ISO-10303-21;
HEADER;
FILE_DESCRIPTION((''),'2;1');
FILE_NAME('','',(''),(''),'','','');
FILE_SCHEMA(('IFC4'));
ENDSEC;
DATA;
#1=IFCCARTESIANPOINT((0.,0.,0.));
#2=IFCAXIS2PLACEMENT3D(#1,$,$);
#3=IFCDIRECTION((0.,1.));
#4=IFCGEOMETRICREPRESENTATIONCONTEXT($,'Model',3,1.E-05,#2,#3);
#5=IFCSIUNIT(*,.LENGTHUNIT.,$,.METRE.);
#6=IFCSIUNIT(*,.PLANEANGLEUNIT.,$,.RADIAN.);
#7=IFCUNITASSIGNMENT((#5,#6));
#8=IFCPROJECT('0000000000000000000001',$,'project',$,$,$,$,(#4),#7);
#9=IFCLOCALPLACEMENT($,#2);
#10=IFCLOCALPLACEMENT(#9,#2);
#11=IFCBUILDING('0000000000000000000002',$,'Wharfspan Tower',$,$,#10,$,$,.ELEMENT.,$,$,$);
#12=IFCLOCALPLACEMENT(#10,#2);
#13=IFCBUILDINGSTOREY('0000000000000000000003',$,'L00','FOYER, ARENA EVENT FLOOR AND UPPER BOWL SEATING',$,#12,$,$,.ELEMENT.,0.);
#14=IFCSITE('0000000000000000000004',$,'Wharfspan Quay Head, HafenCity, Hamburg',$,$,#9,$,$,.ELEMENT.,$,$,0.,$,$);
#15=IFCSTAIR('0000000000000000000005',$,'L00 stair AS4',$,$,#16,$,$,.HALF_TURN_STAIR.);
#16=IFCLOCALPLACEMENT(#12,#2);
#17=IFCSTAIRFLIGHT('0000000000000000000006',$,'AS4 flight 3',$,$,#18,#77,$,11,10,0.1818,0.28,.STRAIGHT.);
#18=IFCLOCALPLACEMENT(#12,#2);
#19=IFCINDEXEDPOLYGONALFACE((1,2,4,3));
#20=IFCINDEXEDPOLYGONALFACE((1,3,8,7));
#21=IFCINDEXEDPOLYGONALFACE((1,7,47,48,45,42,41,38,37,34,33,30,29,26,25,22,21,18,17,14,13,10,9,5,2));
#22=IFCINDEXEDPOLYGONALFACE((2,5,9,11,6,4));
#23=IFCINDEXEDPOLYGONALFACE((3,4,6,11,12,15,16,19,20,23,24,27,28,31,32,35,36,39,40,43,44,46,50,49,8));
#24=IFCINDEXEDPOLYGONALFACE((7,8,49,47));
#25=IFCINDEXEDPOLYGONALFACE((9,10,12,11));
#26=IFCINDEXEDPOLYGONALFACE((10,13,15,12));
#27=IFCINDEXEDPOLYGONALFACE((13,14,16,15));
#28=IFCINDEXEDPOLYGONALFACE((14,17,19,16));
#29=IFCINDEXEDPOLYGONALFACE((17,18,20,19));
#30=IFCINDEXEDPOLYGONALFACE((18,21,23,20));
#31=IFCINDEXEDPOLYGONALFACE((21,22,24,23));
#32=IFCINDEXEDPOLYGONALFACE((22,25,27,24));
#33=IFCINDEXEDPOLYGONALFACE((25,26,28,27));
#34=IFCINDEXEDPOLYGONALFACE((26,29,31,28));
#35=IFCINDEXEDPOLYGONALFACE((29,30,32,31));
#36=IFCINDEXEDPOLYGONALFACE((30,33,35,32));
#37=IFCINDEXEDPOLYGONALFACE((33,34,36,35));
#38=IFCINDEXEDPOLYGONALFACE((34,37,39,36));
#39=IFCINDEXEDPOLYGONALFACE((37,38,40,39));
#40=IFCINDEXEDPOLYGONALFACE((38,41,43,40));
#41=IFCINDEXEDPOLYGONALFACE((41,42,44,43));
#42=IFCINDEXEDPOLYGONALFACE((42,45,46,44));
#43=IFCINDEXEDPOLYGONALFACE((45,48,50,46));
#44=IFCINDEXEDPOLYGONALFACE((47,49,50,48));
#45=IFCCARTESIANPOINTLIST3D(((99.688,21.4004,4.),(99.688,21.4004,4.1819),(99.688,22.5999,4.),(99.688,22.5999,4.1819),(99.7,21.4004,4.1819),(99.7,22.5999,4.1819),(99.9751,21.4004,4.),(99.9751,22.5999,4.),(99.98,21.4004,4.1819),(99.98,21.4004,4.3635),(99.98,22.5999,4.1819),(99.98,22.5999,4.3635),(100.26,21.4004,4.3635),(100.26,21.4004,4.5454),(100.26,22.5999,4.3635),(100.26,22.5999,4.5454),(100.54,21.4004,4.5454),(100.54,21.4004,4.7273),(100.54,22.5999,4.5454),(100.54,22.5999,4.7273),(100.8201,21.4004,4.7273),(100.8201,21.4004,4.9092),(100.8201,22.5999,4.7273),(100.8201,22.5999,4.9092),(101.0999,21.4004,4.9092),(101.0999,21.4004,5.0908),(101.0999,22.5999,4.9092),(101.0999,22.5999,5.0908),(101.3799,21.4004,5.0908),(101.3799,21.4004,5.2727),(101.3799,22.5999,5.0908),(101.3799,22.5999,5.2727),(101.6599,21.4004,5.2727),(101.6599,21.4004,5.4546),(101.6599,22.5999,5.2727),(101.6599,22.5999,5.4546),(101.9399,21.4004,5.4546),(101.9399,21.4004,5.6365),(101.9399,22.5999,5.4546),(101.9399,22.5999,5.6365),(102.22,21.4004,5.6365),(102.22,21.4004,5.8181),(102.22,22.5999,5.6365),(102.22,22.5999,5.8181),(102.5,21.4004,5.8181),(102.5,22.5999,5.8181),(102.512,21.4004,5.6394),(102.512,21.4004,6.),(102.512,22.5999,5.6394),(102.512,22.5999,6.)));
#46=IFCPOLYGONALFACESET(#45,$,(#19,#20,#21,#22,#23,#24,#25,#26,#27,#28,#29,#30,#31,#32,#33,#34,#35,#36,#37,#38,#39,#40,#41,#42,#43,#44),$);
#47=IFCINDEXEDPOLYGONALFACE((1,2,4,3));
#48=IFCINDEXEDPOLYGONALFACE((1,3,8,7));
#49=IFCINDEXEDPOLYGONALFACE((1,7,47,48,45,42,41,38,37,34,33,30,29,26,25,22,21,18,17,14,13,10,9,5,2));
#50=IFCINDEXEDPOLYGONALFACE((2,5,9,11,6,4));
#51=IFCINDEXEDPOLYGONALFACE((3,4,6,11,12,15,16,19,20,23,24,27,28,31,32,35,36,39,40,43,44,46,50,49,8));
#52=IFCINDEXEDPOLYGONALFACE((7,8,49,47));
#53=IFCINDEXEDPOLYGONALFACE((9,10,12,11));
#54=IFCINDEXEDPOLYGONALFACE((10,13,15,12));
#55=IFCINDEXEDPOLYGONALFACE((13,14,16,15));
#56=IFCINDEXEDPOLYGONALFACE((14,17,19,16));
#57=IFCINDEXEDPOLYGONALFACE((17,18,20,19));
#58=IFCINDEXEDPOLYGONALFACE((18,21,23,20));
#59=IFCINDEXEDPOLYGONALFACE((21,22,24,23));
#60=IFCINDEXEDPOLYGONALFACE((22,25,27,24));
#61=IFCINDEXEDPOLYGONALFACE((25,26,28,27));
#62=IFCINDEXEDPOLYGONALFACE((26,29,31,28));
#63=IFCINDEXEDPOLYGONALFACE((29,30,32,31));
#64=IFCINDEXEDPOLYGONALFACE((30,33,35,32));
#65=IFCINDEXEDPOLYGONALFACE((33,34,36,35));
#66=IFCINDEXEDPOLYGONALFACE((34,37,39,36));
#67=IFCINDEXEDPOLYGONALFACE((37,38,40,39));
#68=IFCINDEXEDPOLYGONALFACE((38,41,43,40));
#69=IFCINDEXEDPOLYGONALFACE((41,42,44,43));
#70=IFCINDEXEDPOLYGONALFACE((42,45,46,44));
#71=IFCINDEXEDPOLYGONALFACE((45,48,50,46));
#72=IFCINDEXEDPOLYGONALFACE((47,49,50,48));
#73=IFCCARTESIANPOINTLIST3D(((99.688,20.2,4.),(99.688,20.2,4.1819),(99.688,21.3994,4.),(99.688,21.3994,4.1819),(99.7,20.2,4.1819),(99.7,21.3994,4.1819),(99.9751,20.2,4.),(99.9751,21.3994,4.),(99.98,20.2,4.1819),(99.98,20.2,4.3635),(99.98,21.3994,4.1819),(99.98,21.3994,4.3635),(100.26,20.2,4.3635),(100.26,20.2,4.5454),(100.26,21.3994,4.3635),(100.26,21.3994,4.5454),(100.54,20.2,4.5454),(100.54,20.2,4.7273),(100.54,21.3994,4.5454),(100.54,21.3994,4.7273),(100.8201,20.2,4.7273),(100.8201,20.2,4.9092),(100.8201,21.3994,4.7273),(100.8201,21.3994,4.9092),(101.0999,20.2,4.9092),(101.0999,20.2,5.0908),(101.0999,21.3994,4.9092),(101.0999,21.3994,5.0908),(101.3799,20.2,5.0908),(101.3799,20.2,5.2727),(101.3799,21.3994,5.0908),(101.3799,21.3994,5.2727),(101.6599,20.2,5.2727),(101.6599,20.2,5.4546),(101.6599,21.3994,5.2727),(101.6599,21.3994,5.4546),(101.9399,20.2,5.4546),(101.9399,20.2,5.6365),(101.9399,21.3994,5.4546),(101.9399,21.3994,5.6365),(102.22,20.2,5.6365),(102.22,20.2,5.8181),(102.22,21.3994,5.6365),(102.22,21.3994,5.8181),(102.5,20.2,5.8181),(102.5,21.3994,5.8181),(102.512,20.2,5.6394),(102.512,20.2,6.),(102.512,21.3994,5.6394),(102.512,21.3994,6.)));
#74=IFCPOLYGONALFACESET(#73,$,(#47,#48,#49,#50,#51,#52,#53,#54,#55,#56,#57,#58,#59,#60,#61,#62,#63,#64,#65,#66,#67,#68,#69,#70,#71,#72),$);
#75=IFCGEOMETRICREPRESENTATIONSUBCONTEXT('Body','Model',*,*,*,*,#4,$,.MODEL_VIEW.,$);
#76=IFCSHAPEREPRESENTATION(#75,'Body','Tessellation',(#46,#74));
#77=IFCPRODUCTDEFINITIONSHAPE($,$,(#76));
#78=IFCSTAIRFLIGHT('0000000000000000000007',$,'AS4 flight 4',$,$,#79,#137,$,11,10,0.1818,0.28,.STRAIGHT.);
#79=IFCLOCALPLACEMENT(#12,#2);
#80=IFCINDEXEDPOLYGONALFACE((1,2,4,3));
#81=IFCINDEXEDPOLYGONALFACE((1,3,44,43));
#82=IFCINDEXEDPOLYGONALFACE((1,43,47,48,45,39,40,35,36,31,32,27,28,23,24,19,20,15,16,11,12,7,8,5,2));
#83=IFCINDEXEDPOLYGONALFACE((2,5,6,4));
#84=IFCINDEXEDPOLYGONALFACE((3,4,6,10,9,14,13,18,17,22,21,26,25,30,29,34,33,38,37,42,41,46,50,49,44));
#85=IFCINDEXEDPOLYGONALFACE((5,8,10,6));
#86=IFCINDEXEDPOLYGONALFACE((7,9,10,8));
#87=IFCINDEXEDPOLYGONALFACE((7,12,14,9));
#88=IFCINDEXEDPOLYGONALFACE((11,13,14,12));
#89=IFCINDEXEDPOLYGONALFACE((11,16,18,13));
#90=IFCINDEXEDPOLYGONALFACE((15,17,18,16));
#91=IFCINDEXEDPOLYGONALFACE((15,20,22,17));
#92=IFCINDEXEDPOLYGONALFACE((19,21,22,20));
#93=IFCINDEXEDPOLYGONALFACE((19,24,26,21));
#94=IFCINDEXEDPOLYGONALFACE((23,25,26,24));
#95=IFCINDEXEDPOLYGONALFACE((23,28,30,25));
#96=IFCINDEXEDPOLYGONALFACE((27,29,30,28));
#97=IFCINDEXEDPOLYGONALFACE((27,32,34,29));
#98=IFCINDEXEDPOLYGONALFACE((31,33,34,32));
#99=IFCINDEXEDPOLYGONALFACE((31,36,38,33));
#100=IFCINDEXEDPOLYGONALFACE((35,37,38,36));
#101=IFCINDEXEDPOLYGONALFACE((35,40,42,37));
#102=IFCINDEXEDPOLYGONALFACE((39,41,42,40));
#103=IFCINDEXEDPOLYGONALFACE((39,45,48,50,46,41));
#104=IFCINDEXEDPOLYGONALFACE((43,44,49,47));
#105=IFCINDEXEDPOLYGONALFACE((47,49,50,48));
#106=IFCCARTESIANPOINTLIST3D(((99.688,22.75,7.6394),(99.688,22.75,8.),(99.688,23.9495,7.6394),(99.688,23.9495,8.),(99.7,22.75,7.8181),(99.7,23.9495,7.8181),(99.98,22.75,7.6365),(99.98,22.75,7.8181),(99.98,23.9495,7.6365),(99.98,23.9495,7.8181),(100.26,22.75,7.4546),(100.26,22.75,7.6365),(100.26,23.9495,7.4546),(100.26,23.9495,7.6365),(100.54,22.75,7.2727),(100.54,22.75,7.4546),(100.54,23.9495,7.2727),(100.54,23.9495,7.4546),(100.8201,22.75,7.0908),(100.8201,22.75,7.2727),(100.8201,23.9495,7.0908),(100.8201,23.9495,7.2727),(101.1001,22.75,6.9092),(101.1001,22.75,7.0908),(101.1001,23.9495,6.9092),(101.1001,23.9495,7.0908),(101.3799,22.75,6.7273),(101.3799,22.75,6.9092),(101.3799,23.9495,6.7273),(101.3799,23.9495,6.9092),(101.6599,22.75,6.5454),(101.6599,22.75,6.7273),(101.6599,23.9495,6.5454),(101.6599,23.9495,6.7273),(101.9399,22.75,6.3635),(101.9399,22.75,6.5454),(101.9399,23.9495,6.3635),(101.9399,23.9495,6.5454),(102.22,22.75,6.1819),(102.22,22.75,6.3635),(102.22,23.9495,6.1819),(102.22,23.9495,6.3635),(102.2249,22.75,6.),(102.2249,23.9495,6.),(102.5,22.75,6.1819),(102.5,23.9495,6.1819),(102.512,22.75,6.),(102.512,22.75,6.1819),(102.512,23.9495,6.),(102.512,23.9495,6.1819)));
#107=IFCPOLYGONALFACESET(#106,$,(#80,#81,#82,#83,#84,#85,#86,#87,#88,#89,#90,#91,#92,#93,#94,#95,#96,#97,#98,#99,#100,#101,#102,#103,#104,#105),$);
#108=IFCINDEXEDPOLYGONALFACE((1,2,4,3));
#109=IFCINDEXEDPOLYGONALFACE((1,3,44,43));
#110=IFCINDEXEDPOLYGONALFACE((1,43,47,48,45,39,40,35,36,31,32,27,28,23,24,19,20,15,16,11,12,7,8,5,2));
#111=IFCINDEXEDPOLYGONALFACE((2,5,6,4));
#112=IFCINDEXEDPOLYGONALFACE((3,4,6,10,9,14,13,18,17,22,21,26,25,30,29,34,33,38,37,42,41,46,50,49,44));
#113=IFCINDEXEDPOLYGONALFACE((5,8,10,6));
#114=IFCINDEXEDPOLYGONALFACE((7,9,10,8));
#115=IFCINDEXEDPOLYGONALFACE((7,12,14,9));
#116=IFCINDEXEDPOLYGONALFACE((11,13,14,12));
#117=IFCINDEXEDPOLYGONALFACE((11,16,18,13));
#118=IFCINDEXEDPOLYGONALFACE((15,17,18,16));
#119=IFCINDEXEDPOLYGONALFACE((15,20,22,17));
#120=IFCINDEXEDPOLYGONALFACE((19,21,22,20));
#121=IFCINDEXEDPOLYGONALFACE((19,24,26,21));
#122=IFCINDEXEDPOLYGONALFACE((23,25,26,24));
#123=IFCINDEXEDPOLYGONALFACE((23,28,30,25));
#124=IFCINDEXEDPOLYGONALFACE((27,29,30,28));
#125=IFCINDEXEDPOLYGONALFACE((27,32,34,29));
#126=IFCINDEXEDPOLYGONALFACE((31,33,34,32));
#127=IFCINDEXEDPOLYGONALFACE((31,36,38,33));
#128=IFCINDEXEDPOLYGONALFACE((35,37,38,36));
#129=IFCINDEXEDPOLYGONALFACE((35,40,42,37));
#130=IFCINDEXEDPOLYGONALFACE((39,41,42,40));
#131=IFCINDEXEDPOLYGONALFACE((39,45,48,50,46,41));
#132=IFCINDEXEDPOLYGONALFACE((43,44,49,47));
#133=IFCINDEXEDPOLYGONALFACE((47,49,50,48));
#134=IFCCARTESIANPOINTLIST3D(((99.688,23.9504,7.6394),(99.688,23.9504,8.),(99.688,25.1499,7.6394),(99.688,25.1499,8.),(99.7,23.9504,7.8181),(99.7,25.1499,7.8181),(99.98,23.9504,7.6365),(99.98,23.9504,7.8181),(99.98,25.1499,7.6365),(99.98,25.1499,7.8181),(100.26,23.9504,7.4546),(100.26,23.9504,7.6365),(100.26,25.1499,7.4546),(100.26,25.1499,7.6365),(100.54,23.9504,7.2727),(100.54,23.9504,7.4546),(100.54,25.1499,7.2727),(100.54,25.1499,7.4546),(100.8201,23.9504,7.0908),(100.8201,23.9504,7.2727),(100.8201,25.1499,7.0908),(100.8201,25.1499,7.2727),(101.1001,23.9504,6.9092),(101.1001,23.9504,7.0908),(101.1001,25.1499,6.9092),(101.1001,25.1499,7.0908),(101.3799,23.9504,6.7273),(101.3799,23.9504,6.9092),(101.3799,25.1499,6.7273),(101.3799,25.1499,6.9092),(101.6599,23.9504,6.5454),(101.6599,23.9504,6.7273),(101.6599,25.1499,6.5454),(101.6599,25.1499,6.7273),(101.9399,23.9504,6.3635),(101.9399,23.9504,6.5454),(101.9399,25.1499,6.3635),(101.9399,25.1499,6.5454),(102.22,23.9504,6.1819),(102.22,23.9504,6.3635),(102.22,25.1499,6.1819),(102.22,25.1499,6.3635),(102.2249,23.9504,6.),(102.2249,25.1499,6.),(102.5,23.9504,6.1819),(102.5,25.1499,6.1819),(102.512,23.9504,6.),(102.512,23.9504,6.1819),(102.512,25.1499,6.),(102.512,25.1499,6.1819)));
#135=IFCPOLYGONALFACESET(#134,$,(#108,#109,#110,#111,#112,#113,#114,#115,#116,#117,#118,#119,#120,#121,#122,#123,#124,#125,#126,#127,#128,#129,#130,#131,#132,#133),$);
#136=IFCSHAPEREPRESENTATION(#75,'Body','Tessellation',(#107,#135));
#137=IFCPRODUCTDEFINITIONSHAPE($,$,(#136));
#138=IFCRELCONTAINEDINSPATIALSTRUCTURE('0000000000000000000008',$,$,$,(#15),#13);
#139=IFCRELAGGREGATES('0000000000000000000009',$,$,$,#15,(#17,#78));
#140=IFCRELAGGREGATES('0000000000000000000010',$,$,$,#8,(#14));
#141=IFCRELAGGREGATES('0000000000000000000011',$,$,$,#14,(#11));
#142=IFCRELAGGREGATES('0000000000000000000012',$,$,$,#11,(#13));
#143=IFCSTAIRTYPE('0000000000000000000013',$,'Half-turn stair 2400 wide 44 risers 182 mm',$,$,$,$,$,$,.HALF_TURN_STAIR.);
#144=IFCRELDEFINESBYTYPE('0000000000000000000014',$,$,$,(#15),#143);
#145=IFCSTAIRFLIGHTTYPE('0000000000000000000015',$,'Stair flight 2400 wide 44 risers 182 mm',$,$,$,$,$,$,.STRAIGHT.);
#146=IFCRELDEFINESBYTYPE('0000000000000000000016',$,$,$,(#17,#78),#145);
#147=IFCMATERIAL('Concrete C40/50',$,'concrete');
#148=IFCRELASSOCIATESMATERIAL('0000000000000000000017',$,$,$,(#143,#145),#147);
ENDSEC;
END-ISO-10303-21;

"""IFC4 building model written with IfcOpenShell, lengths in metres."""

from ifc_helpers import new_model, si_unit, direction, frame, origin, place, context, subcontext, project, spatial, polyline, outline, extrude, material, type_object, element, aggregate, save


model = new_model("IFC4")

# Units and contexts
model_context = context("Model", 3, precision=1e-05, world=origin(), true_north=direction((0.0, 1.0)))
body_context = subcontext(model_context, "Body", "Model", "MODEL_VIEW")
ifc_project = project(units=[si_unit("LENGTHUNIT", "METRE"), si_unit("PLANEANGLEUNIT", "RADIAN")], contexts=[model_context])

# Site, building, storey
site_placement = place(None, origin())
site = spatial("IfcSite", under=ifc_project, at=site_placement, Name="Wharfspan Quay Head, HafenCity, Hamburg", CompositionType="ELEMENT", RefElevation=0.0)
building_placement = place(site_placement, origin())
building = spatial("IfcBuilding", under=site, at=building_placement, Name="Wharfspan Tower", CompositionType="ELEMENT")
storey_placement = place(building_placement, origin())
storey = spatial("IfcBuildingStorey", under=building, at=storey_placement, Name="L00", Description="FOYER, ARENA EVENT FLOOR AND UPPER BOWL SEATING", CompositionType="ELEMENT", Elevation=0.0)

# Shared definitions
ifc_material_1 = material(Name="Concrete C40/50", Category="concrete")

# Stair, stair flights
stair_type = type_object("IfcStairType", Name="Half-turn stair 2400 wide 44 risers 182 mm", PredefinedType="HALF_TURN_STAIR", material=ifc_material_1)
stair_placement = place(storey_placement, origin())
stair = element("IfcStair", 1, at=stair_placement, inside=storey, type_object=stair_type, Name="L00 stair AS4", PredefinedType="HALF_TURN_STAIR")
stair_flight_type = type_object("IfcStairFlightType", Name="Stair flight 2400 wide 44 risers 182 mm", PredefinedType="STRAIGHT", material=ifc_material_1)
stair_flight_1_placement = place(storey_placement, frame((99.7, 21.3999, 4.0), z_axis=(0.0, 0.0, 1.0), x_axis=(1.0, 0.0, 0.0)))
stair_flight_1 = element("IfcStairFlight", 2, at=stair_flight_1_placement, type_object=stair_flight_type, Name="AS4 flight 3", NumberOfRisers=11, NumberOfTreads=10, PredefinedType="STRAIGHT", RiserHeight=0.1818, TreadLength=0.28, context=body_context, shape_type="SweptSolid", body=[
    extrude(outline(polyline([(-0.012, 0.0), (-0.012, 0.1819), (0.0, 0.1819), (0.28, 0.1819), (0.28, 0.3635), (0.5601, 0.3635), (0.5601, 0.5454), (0.8401, 0.5454), (0.8401, 0.7273), (1.1201, 0.7273), (1.1201, 0.9092), (1.3999, 0.9092), (1.3999, 1.0908), (1.6799, 1.0908), (1.6799, 1.2727), (1.96, 1.2727), (1.96, 1.4546), (2.24, 1.4546), (2.24, 1.6365), (2.52, 1.6365), (2.52, 1.8181), (2.8, 1.8181), (2.812, 2.0), (2.812, 1.6394), (0.2751, 0.0), (-0.012, 0.0)])), frame((0.0, 1.2, 0.0), z_axis=(0.0, -1.0, 0.0), x_axis=(1.0, 0.0, 0.0)), (0.0, 0.0, 1.0), 1.1995),
    extrude(outline(polyline([(-0.012, 0.0), (-0.012, 0.1819), (0.0, 0.1819), (0.28, 0.1819), (0.28, 0.3635), (0.5601, 0.3635), (0.5601, 0.5454), (0.8401, 0.5454), (0.8401, 0.7273), (1.1201, 0.7273), (1.1201, 0.9092), (1.3999, 0.9092), (1.3999, 1.0908), (1.6799, 1.0908), (1.6799, 1.2727), (1.96, 1.2727), (1.96, 1.4546), (2.24, 1.4546), (2.24, 1.6365), (2.52, 1.6365), (2.52, 1.8181), (2.8, 1.8181), (2.812, 2.0), (2.812, 1.6394), (0.2751, 0.0), (-0.012, 0.0)])), frame((0.0, -0.0005, 0.0), z_axis=(0.0, -1.0, 0.0), x_axis=(1.0, 0.0, 0.0)), (0.0, 0.0, 1.0), 1.1995),
])
stair_flight_2_placement = place(storey_placement, frame((102.5, 23.95, 6.0), z_axis=(0.0, 0.0, 1.0), x_axis=(-1.0, 0.0, 0.0)))
stair_flight_2 = element("IfcStairFlight", 3, at=stair_flight_2_placement, type_object=stair_flight_type, Name="AS4 flight 4", NumberOfRisers=11, NumberOfTreads=10, PredefinedType="STRAIGHT", RiserHeight=0.1818, TreadLength=0.28, context=body_context, shape_type="SweptSolid", body=[
    extrude(outline(polyline([(-0.012, 0.0), (-0.012, 0.1819), (0.0, 0.1819), (0.28, 0.1819), (0.28, 0.3635), (0.5601, 0.3635), (0.5601, 0.5454), (0.8401, 0.5454), (0.8401, 0.7273), (1.1201, 0.7273), (1.1201, 0.9092), (1.3999, 0.9092), (1.3999, 1.0908), (1.6799, 1.0908), (1.6799, 1.2727), (1.96, 1.2727), (1.96, 1.4546), (2.24, 1.4546), (2.24, 1.6365), (2.52, 1.6365), (2.52, 1.8181), (2.8, 1.8181), (2.812, 2.0), (2.812, 1.6394), (0.2751, 0.0), (-0.012, 0.0)])), frame((0.0, 1.2, 0.0), z_axis=(0.0, -1.0, 0.0), x_axis=(1.0, 0.0, 0.0)), (0.0, 0.0, 1.0), 1.1995),
    extrude(outline(polyline([(-0.012, 0.0), (-0.012, 0.1819), (0.0, 0.1819), (0.28, 0.1819), (0.28, 0.3635), (0.5601, 0.3635), (0.5601, 0.5454), (0.8401, 0.5454), (0.8401, 0.7273), (1.1201, 0.7273), (1.1201, 0.9092), (1.3999, 0.9092), (1.3999, 1.0908), (1.6799, 1.0908), (1.6799, 1.2727), (1.96, 1.2727), (1.96, 1.4546), (2.24, 1.4546), (2.24, 1.6365), (2.52, 1.6365), (2.52, 1.8181), (2.8, 1.8181), (2.812, 2.0), (2.812, 1.6394), (0.2751, 0.0), (-0.012, 0.0)])), frame((0.0, -0.0005, 0.0), z_axis=(0.0, -1.0, 0.0), x_axis=(1.0, 0.0, 0.0)), (0.0, 0.0, 1.0), 1.1995),
])
aggregate(stair, [stair_flight_1, stair_flight_2])

save(model, "model.ifc")
